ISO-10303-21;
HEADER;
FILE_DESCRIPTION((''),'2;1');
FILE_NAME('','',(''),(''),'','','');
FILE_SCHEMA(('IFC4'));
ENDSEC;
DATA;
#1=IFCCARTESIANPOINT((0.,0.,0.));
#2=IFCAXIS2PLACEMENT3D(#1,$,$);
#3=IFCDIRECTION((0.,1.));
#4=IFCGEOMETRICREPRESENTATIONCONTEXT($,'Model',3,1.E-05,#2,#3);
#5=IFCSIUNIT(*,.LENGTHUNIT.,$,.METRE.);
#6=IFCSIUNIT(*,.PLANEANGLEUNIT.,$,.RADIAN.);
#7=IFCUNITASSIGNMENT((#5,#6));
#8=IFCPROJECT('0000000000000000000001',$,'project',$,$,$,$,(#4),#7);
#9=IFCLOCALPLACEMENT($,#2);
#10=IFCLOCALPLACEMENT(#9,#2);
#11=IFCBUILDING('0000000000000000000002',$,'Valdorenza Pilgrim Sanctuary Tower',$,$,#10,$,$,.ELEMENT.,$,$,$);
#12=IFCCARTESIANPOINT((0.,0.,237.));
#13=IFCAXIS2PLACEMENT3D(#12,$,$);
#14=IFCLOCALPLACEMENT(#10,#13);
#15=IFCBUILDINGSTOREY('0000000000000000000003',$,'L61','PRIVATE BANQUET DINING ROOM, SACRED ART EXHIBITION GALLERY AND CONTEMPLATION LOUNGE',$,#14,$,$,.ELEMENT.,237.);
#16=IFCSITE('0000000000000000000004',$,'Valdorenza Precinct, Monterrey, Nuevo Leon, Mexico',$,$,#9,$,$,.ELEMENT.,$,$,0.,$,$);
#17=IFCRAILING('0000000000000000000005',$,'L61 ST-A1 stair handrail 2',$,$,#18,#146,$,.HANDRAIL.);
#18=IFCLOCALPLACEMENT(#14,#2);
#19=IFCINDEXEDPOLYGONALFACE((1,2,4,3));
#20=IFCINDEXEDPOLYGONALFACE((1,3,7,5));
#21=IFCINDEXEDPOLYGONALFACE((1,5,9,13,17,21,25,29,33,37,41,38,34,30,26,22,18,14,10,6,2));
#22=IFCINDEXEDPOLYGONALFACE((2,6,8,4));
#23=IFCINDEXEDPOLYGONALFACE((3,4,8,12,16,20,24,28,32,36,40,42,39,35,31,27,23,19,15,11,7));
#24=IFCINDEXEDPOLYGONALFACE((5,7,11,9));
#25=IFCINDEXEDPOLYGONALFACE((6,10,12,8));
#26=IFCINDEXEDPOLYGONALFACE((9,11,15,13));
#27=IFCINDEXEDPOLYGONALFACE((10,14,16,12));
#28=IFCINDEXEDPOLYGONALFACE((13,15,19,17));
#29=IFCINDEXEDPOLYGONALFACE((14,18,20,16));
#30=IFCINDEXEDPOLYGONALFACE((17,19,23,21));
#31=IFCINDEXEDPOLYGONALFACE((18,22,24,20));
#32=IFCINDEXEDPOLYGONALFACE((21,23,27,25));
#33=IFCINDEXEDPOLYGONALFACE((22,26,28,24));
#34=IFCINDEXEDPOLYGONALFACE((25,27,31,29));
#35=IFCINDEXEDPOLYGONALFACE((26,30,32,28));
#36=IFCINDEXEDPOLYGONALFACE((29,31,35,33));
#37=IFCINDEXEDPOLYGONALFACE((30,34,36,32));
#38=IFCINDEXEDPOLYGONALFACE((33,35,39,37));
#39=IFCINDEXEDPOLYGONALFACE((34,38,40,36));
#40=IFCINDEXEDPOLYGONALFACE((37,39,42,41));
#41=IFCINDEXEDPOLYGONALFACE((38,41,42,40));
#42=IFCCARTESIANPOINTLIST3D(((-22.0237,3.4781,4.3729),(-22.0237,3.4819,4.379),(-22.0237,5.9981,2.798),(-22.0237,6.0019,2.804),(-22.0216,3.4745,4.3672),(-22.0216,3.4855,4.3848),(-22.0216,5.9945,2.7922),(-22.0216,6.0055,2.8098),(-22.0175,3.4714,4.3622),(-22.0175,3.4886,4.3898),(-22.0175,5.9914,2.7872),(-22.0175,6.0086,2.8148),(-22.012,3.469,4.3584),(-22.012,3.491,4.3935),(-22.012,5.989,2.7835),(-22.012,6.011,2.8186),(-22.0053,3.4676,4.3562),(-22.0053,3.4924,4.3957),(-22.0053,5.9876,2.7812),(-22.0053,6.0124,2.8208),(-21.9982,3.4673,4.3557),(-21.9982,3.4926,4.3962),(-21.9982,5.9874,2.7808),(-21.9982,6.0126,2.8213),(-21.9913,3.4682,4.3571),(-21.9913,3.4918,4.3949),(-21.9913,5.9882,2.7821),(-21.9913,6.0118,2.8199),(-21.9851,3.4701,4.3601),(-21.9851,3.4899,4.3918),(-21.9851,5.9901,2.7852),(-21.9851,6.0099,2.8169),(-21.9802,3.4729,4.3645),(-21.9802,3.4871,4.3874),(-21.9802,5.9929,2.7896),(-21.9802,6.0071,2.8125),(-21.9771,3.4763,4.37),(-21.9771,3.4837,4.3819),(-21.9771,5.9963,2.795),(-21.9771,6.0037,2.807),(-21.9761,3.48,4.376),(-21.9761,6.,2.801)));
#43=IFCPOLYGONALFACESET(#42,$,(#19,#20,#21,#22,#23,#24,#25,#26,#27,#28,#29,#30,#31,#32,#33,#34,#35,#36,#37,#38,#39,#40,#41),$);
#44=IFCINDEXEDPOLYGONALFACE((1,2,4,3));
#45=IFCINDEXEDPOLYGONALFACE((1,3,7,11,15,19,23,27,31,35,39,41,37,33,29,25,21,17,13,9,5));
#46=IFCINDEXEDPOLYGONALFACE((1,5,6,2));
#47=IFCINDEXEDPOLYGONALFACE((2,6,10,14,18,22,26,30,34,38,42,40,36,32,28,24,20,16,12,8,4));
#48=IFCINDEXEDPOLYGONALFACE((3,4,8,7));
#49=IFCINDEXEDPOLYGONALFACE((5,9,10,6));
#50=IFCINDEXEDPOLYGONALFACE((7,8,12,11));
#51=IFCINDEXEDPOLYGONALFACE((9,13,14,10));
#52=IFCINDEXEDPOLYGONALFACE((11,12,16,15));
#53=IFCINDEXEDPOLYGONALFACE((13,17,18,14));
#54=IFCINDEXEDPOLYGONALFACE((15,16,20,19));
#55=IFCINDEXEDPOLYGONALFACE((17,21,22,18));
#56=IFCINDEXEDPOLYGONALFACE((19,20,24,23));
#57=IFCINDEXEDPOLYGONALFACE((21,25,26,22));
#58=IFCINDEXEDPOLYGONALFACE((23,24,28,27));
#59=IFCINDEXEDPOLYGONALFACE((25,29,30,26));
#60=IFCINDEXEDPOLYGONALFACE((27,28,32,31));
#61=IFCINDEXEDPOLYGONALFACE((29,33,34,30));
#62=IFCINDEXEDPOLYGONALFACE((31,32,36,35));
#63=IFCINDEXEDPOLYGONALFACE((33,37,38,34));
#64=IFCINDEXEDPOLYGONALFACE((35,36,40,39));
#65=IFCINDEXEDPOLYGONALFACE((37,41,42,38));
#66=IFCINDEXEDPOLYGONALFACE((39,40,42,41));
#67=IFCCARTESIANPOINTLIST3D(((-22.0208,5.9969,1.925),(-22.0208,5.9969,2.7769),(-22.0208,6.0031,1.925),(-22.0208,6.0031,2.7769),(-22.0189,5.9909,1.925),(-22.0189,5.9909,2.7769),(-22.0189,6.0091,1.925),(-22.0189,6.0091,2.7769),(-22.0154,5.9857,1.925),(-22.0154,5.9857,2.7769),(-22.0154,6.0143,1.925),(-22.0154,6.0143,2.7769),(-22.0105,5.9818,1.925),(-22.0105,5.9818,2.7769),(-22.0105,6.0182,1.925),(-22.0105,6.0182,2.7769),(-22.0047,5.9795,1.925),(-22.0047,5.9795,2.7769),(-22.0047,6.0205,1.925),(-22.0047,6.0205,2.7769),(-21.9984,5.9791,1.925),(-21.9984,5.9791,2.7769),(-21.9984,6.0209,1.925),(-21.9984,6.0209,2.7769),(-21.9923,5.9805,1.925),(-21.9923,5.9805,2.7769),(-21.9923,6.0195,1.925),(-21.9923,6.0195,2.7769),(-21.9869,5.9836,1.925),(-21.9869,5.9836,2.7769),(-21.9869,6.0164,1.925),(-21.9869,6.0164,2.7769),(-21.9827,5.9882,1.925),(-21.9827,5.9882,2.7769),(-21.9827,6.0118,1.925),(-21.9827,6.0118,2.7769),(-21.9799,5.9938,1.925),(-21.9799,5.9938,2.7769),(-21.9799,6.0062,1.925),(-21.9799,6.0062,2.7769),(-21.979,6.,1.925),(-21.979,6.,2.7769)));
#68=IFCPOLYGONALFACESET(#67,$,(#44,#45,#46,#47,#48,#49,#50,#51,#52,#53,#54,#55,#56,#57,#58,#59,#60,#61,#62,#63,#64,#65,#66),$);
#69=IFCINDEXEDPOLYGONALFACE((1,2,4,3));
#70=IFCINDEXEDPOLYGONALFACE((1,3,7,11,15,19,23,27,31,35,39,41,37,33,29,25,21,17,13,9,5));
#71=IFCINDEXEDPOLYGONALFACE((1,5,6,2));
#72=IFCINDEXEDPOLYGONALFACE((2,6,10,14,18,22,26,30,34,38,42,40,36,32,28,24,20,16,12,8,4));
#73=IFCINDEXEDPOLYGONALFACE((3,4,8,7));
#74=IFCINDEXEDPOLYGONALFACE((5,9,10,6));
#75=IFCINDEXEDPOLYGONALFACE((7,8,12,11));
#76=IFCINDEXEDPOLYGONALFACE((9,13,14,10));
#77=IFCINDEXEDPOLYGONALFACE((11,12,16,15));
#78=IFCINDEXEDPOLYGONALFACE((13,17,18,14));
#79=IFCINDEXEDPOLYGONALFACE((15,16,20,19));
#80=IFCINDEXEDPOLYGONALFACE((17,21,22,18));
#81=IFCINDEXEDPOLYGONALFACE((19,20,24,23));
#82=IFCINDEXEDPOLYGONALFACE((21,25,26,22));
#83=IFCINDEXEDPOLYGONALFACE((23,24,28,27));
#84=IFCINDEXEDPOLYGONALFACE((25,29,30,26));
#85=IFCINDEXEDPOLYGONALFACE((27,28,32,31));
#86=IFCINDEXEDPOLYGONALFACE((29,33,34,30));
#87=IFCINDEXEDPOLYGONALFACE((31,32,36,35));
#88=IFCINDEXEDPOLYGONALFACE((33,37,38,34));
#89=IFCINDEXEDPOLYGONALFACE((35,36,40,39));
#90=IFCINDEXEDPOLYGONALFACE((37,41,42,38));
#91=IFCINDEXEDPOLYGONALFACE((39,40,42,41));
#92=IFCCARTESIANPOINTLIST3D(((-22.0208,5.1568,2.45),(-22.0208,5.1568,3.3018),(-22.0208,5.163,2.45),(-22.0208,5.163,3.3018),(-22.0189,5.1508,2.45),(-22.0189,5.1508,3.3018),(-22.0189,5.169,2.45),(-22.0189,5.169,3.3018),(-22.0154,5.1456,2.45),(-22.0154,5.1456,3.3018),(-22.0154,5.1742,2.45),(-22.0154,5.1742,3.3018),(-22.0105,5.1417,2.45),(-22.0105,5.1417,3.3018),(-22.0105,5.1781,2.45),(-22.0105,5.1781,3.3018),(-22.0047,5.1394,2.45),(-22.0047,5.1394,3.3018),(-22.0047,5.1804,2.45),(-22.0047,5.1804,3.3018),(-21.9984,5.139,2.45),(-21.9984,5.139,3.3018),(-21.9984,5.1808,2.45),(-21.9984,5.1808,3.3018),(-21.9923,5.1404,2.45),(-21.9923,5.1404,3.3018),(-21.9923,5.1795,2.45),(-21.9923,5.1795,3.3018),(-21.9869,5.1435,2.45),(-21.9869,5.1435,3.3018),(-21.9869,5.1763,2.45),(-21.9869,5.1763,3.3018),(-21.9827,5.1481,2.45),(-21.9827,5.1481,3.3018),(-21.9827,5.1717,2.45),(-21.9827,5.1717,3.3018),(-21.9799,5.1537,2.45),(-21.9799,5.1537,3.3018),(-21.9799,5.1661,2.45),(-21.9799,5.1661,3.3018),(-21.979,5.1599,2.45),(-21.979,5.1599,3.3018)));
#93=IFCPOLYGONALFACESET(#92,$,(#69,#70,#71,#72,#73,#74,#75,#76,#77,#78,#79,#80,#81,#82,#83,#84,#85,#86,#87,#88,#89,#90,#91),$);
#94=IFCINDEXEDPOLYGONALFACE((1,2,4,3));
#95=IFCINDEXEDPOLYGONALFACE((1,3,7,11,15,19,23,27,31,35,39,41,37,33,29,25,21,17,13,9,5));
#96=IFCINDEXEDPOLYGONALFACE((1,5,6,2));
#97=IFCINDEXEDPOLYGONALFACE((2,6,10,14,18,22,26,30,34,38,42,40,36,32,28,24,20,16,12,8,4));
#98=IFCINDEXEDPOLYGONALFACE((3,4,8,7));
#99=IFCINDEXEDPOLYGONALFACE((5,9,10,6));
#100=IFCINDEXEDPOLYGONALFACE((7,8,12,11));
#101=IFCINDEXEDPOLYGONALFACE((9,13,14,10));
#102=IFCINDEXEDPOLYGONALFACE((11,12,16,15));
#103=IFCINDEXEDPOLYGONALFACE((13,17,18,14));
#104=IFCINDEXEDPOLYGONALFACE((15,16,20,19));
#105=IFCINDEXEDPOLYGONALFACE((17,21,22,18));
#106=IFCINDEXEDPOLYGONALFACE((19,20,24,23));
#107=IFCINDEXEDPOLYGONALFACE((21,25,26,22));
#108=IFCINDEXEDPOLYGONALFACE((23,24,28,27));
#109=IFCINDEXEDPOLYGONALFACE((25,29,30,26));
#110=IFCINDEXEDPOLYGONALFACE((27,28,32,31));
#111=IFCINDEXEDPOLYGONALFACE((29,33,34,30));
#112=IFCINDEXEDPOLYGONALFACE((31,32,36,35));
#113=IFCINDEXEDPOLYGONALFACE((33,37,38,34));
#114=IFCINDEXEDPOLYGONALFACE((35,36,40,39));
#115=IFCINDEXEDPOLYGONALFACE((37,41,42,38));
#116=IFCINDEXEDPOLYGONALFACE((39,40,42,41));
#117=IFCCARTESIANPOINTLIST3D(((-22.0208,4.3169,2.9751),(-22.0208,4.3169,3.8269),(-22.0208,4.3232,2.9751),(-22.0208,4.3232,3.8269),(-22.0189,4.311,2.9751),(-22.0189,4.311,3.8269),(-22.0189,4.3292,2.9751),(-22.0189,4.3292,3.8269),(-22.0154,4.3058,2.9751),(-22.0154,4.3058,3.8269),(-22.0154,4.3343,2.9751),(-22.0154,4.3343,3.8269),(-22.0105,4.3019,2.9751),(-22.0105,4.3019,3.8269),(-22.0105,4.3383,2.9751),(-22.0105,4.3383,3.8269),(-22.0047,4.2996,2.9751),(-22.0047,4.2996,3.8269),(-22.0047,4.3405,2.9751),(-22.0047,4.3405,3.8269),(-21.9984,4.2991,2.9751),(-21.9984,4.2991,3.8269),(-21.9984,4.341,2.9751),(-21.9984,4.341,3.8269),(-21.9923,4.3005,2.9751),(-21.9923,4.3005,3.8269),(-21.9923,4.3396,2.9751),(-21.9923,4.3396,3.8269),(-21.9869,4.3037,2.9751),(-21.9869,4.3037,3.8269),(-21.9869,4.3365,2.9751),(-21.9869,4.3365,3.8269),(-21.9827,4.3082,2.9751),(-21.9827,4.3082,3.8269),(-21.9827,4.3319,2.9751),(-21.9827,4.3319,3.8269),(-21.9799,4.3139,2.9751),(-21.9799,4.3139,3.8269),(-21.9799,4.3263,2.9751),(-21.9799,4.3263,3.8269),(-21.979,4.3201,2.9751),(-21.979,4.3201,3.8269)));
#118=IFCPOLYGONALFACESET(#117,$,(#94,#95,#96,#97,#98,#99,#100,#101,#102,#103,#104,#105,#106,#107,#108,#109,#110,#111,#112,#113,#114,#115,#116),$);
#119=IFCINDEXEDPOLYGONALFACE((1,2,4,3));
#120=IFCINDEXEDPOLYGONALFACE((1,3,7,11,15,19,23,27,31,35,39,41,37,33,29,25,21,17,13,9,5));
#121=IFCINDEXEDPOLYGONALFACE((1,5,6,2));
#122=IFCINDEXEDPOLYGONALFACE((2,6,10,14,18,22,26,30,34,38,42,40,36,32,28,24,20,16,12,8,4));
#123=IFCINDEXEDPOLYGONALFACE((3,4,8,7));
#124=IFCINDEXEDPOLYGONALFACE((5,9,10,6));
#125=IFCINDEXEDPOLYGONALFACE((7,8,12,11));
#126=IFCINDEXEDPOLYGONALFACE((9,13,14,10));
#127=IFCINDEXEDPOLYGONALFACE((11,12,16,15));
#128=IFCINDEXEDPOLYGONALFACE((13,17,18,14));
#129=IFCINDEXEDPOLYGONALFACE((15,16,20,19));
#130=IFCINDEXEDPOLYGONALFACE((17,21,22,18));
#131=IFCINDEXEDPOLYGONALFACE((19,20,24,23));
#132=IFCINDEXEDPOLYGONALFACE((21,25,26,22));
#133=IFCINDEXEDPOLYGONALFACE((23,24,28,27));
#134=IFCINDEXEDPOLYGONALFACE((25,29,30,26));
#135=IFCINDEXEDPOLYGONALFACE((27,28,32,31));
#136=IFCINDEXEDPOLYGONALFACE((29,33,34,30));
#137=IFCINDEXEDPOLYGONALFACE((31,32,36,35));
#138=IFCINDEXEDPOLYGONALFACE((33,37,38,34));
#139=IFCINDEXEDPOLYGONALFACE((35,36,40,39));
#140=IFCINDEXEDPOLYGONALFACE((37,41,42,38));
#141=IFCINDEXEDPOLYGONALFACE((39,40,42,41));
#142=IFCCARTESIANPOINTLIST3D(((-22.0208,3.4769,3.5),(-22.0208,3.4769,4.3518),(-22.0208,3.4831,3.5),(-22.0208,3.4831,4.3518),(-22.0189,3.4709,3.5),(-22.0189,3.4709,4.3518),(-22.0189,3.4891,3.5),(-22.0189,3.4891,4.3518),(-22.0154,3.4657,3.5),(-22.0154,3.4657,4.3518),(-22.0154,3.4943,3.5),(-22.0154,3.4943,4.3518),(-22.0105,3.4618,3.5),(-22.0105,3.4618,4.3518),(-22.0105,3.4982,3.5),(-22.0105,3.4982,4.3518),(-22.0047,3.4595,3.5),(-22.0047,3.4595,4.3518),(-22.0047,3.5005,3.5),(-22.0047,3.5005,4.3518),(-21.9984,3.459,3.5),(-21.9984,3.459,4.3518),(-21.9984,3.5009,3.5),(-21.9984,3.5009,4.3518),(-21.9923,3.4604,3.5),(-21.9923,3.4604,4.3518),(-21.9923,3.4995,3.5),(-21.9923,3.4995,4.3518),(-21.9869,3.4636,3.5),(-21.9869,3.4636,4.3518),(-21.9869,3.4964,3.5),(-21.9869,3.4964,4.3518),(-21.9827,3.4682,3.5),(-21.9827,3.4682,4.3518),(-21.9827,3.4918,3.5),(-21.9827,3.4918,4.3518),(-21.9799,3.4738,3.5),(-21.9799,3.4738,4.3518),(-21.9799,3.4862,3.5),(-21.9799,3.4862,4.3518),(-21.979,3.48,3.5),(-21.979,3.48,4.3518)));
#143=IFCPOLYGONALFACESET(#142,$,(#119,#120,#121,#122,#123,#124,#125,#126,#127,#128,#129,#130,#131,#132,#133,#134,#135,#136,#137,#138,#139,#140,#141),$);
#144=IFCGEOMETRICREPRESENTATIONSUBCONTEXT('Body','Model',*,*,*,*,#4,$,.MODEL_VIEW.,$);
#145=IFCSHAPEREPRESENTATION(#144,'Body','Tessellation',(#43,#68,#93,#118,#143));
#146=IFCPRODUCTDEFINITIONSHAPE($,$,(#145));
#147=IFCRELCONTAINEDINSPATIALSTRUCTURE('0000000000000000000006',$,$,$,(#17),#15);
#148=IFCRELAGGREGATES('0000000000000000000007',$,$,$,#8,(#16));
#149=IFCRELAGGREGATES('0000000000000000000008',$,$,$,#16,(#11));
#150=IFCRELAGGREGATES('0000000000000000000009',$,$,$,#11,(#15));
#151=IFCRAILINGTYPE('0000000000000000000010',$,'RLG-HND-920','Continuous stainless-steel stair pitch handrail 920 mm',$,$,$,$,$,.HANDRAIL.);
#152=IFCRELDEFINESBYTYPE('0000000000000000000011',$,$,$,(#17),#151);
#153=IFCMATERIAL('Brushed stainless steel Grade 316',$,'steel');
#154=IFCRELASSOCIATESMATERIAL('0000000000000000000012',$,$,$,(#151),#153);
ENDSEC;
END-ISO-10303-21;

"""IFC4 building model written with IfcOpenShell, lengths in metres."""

from ifc_helpers import new_model, si_unit, direction, frame, origin, origin_2d, place, context, subcontext, project, spatial, circle, extrude, material, type_object, element, save


model = new_model("IFC4")

# Units and contexts
model_context = context("Model", 3, precision=1e-05, world=origin(), true_north=direction((0.0, 1.0)))
body_context = subcontext(model_context, "Body", "Model", "MODEL_VIEW")
ifc_project = project(units=[si_unit("LENGTHUNIT", "METRE"), si_unit("PLANEANGLEUNIT", "RADIAN")], contexts=[model_context])

# Site, building, storey
site_placement = place(None, origin())
site = spatial("IfcSite", under=ifc_project, at=site_placement, Name="Valdorenza Precinct, Monterrey, Nuevo Leon, Mexico", CompositionType="ELEMENT", RefElevation=0.0)
building_placement = place(site_placement, origin())
building = spatial("IfcBuilding", under=site, at=building_placement, Name="Valdorenza Pilgrim Sanctuary Tower", CompositionType="ELEMENT")
storey_placement = place(building_placement, frame((0.0, 0.0, 237.0)))
storey = spatial("IfcBuildingStorey", under=building, at=storey_placement, Name="L61", Description="PRIVATE BANQUET DINING ROOM, SACRED ART EXHIBITION GALLERY AND CONTEMPLATION LOUNGE", CompositionType="ELEMENT", Elevation=237.0)

# Shared definitions
ifc_material_1 = material(Name="Brushed stainless steel Grade 316", Category="steel")

# Railing
railing_type_1 = type_object("IfcRailingType", Name="RLG-HND-920", Description="Continuous stainless-steel stair pitch handrail 920 mm", PredefinedType="HANDRAIL", material=ifc_material_1)
railing_1_placement = place(storey_placement, frame((-22.0, 6.0, 1.925)))
element("IfcRailing", 1, at=railing_1_placement, inside=storey, type_object=railing_type_1, Name="L61 ST-A1 stair handrail 2", PredefinedType="HANDRAIL", context=body_context, shape_type="SweptSolid", body=[
    extrude(circle(Radius=0.0239, at=origin_2d()), frame((0.0, 0.0, 0.876), z_axis=(0.0, -0.848008, 0.529984), x_axis=(1.0, 0.0, 0.0)), (0.0, 0.0, 1.0), 2.9717),
    extrude(circle(Radius=0.021, at=origin_2d()), origin(), (0.0, 0.0, 1.0), 0.8518),
    extrude(circle(Radius=0.021, at=origin_2d()), frame((0.0, -0.8401, 0.5249)), (0.0, 0.0, 1.0), 0.8518),
    extrude(circle(Radius=0.021, at=origin_2d()), frame((0.0, -1.6799, 1.05)), (0.0, 0.0, 1.0), 0.8518),
    extrude(circle(Radius=0.021, at=origin_2d()), frame((0.0, -2.52, 1.575)), (0.0, 0.0, 1.0), 0.8518),
])

save(model, "model.ifc")
